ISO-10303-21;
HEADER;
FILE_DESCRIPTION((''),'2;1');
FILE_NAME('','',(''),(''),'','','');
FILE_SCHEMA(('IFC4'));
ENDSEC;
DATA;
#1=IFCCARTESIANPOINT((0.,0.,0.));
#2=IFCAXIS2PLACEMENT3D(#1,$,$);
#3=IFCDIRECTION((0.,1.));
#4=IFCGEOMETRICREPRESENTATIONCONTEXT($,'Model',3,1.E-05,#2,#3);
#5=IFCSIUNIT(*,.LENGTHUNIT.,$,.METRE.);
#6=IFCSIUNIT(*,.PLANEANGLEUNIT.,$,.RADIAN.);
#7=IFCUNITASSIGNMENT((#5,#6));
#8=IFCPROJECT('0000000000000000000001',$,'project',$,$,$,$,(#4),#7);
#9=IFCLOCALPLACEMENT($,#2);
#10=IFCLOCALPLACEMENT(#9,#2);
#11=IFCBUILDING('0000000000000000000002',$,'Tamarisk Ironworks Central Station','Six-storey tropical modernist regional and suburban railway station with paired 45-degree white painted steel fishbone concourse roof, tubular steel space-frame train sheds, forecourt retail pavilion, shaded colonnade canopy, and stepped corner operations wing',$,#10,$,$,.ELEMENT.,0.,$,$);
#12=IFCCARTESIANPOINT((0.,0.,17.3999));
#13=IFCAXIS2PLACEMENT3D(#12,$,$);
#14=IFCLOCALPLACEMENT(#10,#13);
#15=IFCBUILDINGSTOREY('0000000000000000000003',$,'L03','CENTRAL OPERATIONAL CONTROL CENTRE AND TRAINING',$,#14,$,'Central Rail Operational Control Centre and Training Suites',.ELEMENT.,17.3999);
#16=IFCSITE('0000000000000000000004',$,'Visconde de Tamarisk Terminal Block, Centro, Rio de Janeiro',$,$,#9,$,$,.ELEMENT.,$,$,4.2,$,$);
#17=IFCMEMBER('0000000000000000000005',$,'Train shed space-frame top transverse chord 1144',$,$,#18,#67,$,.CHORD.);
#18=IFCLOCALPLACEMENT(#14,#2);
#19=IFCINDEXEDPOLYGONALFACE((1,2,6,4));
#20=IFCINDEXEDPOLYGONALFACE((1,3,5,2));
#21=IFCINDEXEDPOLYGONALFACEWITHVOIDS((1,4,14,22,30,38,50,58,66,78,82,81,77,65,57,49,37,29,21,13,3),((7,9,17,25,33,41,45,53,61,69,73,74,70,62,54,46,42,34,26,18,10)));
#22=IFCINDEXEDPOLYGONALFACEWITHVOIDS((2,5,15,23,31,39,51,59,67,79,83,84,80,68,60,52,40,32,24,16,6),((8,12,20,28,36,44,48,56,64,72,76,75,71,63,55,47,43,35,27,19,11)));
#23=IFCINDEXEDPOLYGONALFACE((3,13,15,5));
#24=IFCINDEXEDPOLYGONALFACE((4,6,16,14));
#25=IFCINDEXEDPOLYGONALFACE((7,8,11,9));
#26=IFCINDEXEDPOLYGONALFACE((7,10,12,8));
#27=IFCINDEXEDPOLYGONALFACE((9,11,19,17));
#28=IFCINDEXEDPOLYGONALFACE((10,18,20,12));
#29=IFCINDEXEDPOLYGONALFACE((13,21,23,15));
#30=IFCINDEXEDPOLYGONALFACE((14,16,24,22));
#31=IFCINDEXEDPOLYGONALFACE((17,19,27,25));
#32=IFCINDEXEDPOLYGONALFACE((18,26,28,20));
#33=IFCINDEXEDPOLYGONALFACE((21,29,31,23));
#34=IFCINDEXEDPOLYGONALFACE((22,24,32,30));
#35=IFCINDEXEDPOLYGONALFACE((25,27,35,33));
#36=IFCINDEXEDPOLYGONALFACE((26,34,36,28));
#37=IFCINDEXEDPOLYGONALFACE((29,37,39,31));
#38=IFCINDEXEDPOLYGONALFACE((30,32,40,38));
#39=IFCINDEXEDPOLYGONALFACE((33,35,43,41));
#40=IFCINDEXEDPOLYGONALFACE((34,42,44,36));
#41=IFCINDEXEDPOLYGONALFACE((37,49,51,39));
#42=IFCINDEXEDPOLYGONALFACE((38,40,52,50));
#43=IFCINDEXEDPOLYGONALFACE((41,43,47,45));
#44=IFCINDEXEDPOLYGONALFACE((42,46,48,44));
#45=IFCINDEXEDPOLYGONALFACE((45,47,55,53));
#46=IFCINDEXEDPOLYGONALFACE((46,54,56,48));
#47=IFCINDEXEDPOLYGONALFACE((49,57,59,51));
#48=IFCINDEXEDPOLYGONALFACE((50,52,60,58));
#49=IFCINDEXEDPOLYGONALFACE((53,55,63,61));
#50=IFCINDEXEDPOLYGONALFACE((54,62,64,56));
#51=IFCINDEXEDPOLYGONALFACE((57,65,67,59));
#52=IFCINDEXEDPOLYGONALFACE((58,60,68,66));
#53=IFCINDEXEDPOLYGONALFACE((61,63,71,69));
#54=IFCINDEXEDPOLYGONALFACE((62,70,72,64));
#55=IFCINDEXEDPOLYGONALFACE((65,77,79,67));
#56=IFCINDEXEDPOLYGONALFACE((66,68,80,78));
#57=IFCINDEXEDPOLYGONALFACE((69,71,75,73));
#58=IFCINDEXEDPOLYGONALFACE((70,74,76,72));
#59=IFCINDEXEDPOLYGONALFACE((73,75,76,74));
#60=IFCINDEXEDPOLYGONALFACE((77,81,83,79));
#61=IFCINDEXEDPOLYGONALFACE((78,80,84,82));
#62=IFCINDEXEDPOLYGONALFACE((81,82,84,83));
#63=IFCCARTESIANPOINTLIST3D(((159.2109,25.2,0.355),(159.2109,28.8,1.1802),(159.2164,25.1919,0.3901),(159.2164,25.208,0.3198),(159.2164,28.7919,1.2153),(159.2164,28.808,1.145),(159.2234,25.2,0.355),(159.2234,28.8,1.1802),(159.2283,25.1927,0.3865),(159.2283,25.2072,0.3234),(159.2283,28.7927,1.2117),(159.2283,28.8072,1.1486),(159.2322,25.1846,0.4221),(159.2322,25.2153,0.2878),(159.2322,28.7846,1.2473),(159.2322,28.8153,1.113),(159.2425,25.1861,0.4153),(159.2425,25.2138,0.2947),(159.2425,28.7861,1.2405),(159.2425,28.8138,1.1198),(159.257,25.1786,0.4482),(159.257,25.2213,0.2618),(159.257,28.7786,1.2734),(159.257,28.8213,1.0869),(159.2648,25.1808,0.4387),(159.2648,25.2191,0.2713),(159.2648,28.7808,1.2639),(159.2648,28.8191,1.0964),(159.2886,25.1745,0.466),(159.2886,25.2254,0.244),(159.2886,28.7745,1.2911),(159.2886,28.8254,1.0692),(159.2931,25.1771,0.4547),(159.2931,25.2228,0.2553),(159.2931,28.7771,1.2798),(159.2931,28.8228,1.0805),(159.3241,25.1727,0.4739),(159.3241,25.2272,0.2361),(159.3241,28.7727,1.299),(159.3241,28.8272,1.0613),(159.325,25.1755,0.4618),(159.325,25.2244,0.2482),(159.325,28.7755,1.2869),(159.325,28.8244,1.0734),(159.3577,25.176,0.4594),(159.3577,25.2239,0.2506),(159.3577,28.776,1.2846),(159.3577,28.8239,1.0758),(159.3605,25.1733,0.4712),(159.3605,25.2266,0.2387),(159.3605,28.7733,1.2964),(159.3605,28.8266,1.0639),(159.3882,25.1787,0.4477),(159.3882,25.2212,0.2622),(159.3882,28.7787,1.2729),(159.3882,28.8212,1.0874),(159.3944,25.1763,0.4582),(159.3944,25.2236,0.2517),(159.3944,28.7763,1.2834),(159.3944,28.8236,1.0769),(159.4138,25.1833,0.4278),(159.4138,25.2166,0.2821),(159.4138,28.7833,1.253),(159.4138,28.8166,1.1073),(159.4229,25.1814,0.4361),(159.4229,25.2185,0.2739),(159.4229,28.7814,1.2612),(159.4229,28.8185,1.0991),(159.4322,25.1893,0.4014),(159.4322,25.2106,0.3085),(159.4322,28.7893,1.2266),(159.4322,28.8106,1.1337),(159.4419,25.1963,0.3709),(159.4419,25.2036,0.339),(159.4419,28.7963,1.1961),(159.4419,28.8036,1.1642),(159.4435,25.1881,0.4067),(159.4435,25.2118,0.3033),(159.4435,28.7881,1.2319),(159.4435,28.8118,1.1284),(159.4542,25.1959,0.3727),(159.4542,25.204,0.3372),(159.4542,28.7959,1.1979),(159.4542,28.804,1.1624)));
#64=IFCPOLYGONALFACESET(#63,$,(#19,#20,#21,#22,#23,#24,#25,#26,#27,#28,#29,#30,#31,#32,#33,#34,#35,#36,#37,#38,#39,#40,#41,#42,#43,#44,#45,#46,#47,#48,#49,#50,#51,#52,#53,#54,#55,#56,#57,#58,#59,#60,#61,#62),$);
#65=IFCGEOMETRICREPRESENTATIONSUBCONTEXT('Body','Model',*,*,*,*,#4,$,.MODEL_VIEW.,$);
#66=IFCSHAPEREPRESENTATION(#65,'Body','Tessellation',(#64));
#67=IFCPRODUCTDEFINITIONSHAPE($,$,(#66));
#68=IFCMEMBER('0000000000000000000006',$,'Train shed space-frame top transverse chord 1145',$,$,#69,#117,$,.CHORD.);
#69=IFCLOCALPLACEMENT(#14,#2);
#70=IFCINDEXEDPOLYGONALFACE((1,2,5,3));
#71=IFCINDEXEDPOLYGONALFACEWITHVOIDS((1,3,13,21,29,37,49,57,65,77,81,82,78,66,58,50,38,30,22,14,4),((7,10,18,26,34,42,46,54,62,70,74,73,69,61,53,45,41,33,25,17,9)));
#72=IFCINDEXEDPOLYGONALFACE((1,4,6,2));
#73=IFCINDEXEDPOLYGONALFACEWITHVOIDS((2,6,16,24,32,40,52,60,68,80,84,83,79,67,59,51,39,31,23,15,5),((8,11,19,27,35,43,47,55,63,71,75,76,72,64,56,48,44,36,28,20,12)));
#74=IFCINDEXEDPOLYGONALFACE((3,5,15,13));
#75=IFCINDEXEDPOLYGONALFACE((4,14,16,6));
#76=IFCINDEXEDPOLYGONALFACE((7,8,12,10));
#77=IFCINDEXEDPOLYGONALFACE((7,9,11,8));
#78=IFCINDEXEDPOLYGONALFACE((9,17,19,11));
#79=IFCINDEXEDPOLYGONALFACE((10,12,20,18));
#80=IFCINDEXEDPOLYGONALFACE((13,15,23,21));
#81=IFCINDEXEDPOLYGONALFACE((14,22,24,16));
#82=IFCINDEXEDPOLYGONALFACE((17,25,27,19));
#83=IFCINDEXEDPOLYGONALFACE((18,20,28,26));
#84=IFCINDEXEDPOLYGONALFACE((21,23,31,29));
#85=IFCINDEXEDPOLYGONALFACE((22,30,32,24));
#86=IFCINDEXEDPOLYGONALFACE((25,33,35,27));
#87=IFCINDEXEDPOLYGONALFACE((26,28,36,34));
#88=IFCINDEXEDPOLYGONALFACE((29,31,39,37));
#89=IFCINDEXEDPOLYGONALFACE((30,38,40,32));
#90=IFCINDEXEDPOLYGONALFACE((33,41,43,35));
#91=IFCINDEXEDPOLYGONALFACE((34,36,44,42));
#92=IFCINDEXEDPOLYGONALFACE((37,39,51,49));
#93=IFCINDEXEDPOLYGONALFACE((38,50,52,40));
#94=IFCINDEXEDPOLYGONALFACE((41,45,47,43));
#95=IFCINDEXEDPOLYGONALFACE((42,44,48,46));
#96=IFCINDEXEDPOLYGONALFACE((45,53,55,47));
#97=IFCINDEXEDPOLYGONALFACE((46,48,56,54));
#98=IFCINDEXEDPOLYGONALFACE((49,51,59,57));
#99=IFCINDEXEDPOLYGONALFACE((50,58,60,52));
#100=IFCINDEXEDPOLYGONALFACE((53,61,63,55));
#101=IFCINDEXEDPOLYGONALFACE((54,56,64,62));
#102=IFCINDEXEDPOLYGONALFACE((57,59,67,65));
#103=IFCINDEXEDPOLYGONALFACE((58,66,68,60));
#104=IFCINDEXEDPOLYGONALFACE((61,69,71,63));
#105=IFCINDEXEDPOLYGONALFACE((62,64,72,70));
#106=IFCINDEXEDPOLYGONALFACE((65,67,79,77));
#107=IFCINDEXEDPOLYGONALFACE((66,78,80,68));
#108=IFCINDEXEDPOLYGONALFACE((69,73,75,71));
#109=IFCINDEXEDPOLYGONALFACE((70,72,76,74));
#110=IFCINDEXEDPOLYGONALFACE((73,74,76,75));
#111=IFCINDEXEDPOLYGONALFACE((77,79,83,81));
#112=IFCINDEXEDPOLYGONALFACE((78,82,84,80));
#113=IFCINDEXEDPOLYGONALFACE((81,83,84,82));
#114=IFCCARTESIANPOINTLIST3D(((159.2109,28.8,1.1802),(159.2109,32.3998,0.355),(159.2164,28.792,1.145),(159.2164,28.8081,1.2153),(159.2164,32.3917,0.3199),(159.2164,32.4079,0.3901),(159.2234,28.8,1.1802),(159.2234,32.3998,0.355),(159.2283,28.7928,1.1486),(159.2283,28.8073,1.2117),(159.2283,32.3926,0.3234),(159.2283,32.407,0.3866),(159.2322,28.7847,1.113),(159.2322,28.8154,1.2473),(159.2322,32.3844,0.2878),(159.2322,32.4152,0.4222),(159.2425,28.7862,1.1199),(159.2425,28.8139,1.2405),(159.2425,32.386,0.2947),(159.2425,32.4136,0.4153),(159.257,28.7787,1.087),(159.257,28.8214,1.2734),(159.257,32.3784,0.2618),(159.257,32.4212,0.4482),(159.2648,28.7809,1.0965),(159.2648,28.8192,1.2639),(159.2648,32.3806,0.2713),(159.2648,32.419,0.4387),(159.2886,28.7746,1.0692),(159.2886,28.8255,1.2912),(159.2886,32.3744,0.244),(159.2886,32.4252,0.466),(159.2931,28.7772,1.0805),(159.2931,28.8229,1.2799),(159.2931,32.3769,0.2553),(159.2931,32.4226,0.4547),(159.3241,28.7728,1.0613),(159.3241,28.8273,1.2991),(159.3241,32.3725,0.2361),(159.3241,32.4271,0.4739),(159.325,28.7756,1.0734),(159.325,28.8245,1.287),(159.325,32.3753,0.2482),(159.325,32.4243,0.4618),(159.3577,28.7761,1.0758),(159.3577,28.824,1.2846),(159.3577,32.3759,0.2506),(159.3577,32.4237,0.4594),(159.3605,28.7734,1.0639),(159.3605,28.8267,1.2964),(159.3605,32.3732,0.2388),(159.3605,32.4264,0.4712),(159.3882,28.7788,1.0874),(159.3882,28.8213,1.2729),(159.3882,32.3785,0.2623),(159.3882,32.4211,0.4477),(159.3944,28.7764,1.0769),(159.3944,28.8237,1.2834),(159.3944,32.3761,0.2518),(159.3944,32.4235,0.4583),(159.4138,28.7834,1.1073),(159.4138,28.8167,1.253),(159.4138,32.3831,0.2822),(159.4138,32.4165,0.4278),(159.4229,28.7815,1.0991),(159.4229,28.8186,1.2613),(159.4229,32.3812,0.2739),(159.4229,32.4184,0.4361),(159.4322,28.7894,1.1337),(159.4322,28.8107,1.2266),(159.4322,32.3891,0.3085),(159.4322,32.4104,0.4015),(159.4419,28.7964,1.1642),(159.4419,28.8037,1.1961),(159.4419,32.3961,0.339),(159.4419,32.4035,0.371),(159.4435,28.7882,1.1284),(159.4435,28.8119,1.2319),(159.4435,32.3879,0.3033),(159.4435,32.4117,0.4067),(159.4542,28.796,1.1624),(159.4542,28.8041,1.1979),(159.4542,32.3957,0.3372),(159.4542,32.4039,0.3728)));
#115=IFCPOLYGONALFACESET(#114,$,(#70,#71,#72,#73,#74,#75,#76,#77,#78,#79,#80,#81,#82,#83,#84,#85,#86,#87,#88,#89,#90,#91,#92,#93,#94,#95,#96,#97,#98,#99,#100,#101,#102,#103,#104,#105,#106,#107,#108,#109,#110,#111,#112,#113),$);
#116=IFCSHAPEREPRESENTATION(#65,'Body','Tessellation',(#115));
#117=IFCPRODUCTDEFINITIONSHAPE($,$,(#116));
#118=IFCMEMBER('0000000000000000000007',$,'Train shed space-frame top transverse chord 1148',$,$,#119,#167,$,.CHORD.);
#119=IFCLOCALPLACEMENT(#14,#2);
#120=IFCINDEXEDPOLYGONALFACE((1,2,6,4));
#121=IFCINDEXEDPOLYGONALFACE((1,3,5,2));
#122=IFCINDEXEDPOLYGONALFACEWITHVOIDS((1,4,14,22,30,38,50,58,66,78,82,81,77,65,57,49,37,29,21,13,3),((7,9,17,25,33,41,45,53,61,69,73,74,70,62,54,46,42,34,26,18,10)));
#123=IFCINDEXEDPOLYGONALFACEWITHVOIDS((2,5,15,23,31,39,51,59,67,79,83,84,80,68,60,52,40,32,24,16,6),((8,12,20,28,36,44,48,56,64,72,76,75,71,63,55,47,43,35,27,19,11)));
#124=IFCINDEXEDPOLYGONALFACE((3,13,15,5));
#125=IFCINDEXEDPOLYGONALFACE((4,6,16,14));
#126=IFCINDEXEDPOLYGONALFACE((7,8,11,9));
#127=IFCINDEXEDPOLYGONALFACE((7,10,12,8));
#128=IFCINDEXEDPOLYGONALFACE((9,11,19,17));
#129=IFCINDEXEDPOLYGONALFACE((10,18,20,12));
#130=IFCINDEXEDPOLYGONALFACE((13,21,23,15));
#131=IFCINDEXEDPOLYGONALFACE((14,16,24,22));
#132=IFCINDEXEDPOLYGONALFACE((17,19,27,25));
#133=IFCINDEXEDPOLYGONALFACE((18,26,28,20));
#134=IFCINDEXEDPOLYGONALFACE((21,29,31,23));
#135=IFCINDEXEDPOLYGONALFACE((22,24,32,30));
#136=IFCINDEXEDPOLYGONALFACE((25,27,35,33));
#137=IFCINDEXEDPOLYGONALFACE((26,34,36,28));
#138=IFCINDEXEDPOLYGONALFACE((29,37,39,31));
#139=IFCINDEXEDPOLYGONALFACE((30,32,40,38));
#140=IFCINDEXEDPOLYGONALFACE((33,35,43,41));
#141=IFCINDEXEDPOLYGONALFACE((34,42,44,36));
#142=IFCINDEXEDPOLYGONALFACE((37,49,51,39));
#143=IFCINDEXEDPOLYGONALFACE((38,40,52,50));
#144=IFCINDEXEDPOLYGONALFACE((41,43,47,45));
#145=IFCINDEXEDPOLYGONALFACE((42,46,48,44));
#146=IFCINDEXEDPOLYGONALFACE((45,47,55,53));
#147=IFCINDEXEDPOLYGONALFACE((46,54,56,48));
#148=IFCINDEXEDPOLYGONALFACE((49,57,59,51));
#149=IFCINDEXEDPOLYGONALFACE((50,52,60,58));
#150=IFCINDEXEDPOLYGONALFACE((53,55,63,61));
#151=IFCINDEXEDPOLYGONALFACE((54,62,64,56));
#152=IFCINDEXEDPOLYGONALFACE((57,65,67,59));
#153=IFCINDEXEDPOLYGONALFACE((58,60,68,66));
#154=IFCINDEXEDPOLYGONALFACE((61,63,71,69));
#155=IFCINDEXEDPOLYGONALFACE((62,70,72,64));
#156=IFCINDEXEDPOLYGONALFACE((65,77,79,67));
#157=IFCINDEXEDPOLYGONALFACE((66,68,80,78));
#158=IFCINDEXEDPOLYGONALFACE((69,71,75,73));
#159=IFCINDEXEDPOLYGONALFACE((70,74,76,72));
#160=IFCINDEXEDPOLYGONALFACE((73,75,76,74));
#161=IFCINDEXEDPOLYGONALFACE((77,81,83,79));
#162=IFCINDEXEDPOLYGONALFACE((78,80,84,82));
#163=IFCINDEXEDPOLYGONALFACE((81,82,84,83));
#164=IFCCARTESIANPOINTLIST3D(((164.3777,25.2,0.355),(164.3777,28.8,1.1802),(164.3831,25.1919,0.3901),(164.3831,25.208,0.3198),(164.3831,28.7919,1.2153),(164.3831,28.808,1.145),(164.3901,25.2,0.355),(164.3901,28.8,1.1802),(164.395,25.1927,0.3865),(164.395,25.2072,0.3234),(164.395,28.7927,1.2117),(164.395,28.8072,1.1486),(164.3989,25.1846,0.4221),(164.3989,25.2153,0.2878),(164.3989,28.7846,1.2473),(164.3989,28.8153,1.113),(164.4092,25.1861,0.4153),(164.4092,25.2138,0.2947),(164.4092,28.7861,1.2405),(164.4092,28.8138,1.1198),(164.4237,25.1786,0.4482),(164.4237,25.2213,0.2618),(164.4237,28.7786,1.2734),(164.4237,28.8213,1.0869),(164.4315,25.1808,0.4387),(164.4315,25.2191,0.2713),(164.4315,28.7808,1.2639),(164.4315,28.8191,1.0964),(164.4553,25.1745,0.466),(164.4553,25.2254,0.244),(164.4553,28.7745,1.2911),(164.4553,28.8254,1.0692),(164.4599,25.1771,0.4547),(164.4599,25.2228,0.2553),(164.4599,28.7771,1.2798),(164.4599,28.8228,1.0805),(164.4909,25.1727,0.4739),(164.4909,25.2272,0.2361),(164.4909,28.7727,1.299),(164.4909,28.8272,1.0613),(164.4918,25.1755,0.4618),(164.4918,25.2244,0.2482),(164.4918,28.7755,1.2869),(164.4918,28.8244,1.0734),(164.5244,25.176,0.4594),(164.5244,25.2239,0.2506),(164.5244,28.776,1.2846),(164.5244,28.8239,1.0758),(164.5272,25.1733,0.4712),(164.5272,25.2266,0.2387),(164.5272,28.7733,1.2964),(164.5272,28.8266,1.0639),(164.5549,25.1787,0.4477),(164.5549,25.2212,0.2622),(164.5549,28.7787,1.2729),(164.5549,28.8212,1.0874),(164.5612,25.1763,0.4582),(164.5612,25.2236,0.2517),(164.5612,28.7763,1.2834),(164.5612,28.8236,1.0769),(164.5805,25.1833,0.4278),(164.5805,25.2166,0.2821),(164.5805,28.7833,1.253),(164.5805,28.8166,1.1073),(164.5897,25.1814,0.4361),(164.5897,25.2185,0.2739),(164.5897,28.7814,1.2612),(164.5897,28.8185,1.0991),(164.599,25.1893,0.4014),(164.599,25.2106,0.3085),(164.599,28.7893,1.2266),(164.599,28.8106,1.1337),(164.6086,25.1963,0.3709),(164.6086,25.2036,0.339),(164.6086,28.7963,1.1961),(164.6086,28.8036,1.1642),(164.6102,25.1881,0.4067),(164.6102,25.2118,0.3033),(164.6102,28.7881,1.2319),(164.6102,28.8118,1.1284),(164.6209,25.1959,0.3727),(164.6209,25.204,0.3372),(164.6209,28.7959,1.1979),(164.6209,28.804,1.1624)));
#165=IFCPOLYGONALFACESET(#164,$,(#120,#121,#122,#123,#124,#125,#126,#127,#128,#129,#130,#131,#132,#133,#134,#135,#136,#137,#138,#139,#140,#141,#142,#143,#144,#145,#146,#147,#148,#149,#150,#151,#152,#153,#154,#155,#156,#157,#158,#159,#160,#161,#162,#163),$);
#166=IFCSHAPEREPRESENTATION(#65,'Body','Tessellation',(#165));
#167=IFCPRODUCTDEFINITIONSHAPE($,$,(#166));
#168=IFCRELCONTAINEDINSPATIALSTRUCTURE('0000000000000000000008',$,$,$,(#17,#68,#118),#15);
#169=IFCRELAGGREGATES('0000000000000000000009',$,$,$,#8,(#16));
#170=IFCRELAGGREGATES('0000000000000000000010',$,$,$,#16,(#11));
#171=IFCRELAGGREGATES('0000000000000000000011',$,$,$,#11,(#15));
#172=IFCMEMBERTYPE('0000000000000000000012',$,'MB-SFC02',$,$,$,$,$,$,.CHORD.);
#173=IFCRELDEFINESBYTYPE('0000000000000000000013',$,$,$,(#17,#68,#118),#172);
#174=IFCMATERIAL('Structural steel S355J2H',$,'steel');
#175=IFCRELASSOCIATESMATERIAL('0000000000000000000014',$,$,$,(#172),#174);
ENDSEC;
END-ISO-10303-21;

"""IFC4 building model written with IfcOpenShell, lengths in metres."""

from ifc_helpers import new_model, si_unit, direction, frame, origin, origin_2d, place, context, subcontext, project, spatial, hollow_circle, extrude, material, material_profile, profile_set, type_object, element, save


model = new_model("IFC4")

# Units and contexts
model_context = context("Model", 3, precision=1e-05, world=origin(), true_north=direction((0.0, 1.0)))
body_context = subcontext(model_context, "Body", "Model", "MODEL_VIEW")
ifc_project = project(units=[si_unit("LENGTHUNIT", "METRE"), si_unit("PLANEANGLEUNIT", "RADIAN")], contexts=[model_context])

# Site, building, storey
site_placement = place(None, origin())
site = spatial("IfcSite", under=ifc_project, at=site_placement, Name="Visconde de Tamarisk Terminal Block, Centro, Rio de Janeiro", CompositionType="ELEMENT", RefElevation=4.2)
building_placement = place(site_placement, origin())
building = spatial("IfcBuilding", under=site, at=building_placement, Name="Tamarisk Ironworks Central Station", Description="Six-storey tropical modernist regional and suburban railway station with paired 45-degree white painted steel fishbone concourse roof, tubular steel space-frame train sheds, forecourt retail pavilion, shaded colonnade canopy, and stepped corner operations wing", CompositionType="ELEMENT", ElevationOfRefHeight=0.0)
storey_placement = place(building_placement, frame((0.0, 0.0, 17.3999)))
storey = spatial("IfcBuildingStorey", under=building, at=storey_placement, Name="L03", Description="CENTRAL OPERATIONAL CONTROL CENTRE AND TRAINING", LongName="Central Rail Operational Control Centre and Training Suites", CompositionType="ELEMENT", Elevation=17.3999)

# Members
ifc_material = material(Name="Structural steel S355J2H", Category="steel")
ifc_material_profile_1 = material_profile(ifc_material, hollow_circle(Radius=0.1223, WallThickness=0.0125, at=origin_2d()), Name="CHS 244.5x12.5")
ifc_profile_set_1 = profile_set([ifc_material_profile_1], Name="Structural steel S355J2H")
member_type_1 = type_object("IfcMemberType", Name="MB-SFC02", PredefinedType="CHORD", material=ifc_profile_set_1)
member_1_placement = place(storey_placement, frame((159.3333, 25.2, 0.355), z_axis=(0.0, 0.974722, 0.223421), x_axis=(-1.0, 0.0, 0.0)))
element("IfcMember", 1, at=member_1_placement, inside=storey, type_object=member_type_1, Name="Train shed space-frame top transverse chord 1144", PredefinedType="CHORD", context=body_context, shape_type="SweptSolid", body=[
    extrude(hollow_circle(Radius=0.1223, WallThickness=0.0125, at=origin_2d()), origin(), (0.0, 0.0, 1.0), 3.6934),
])
member_2_placement = place(storey_placement, frame((159.3333, 28.8, 1.1802), z_axis=(0.0, 0.974719, -0.223435), x_axis=(-1.0, 0.0, 0.0)))
element("IfcMember", 2, at=member_2_placement, inside=storey, type_object=member_type_1, Name="Train shed space-frame top transverse chord 1145", PredefinedType="CHORD", context=body_context, shape_type="SweptSolid", body=[
    extrude(hollow_circle(Radius=0.1223, WallThickness=0.0125, at=origin_2d()), origin(), (0.0, 0.0, 1.0), 3.6931),
])
member_3_placement = place(storey_placement, frame((164.5, 25.2, 0.355), z_axis=(0.0, 0.974722, 0.223421), x_axis=(-1.0, 0.0, 0.0)))
element("IfcMember", 3, at=member_3_placement, inside=storey, type_object=member_type_1, Name="Train shed space-frame top transverse chord 1148", PredefinedType="CHORD", context=body_context, shape_type="SweptSolid", body=[
    extrude(hollow_circle(Radius=0.1223, WallThickness=0.0125, at=origin_2d()), origin(), (0.0, 0.0, 1.0), 3.6934),
])

save(model, "model.ifc")
